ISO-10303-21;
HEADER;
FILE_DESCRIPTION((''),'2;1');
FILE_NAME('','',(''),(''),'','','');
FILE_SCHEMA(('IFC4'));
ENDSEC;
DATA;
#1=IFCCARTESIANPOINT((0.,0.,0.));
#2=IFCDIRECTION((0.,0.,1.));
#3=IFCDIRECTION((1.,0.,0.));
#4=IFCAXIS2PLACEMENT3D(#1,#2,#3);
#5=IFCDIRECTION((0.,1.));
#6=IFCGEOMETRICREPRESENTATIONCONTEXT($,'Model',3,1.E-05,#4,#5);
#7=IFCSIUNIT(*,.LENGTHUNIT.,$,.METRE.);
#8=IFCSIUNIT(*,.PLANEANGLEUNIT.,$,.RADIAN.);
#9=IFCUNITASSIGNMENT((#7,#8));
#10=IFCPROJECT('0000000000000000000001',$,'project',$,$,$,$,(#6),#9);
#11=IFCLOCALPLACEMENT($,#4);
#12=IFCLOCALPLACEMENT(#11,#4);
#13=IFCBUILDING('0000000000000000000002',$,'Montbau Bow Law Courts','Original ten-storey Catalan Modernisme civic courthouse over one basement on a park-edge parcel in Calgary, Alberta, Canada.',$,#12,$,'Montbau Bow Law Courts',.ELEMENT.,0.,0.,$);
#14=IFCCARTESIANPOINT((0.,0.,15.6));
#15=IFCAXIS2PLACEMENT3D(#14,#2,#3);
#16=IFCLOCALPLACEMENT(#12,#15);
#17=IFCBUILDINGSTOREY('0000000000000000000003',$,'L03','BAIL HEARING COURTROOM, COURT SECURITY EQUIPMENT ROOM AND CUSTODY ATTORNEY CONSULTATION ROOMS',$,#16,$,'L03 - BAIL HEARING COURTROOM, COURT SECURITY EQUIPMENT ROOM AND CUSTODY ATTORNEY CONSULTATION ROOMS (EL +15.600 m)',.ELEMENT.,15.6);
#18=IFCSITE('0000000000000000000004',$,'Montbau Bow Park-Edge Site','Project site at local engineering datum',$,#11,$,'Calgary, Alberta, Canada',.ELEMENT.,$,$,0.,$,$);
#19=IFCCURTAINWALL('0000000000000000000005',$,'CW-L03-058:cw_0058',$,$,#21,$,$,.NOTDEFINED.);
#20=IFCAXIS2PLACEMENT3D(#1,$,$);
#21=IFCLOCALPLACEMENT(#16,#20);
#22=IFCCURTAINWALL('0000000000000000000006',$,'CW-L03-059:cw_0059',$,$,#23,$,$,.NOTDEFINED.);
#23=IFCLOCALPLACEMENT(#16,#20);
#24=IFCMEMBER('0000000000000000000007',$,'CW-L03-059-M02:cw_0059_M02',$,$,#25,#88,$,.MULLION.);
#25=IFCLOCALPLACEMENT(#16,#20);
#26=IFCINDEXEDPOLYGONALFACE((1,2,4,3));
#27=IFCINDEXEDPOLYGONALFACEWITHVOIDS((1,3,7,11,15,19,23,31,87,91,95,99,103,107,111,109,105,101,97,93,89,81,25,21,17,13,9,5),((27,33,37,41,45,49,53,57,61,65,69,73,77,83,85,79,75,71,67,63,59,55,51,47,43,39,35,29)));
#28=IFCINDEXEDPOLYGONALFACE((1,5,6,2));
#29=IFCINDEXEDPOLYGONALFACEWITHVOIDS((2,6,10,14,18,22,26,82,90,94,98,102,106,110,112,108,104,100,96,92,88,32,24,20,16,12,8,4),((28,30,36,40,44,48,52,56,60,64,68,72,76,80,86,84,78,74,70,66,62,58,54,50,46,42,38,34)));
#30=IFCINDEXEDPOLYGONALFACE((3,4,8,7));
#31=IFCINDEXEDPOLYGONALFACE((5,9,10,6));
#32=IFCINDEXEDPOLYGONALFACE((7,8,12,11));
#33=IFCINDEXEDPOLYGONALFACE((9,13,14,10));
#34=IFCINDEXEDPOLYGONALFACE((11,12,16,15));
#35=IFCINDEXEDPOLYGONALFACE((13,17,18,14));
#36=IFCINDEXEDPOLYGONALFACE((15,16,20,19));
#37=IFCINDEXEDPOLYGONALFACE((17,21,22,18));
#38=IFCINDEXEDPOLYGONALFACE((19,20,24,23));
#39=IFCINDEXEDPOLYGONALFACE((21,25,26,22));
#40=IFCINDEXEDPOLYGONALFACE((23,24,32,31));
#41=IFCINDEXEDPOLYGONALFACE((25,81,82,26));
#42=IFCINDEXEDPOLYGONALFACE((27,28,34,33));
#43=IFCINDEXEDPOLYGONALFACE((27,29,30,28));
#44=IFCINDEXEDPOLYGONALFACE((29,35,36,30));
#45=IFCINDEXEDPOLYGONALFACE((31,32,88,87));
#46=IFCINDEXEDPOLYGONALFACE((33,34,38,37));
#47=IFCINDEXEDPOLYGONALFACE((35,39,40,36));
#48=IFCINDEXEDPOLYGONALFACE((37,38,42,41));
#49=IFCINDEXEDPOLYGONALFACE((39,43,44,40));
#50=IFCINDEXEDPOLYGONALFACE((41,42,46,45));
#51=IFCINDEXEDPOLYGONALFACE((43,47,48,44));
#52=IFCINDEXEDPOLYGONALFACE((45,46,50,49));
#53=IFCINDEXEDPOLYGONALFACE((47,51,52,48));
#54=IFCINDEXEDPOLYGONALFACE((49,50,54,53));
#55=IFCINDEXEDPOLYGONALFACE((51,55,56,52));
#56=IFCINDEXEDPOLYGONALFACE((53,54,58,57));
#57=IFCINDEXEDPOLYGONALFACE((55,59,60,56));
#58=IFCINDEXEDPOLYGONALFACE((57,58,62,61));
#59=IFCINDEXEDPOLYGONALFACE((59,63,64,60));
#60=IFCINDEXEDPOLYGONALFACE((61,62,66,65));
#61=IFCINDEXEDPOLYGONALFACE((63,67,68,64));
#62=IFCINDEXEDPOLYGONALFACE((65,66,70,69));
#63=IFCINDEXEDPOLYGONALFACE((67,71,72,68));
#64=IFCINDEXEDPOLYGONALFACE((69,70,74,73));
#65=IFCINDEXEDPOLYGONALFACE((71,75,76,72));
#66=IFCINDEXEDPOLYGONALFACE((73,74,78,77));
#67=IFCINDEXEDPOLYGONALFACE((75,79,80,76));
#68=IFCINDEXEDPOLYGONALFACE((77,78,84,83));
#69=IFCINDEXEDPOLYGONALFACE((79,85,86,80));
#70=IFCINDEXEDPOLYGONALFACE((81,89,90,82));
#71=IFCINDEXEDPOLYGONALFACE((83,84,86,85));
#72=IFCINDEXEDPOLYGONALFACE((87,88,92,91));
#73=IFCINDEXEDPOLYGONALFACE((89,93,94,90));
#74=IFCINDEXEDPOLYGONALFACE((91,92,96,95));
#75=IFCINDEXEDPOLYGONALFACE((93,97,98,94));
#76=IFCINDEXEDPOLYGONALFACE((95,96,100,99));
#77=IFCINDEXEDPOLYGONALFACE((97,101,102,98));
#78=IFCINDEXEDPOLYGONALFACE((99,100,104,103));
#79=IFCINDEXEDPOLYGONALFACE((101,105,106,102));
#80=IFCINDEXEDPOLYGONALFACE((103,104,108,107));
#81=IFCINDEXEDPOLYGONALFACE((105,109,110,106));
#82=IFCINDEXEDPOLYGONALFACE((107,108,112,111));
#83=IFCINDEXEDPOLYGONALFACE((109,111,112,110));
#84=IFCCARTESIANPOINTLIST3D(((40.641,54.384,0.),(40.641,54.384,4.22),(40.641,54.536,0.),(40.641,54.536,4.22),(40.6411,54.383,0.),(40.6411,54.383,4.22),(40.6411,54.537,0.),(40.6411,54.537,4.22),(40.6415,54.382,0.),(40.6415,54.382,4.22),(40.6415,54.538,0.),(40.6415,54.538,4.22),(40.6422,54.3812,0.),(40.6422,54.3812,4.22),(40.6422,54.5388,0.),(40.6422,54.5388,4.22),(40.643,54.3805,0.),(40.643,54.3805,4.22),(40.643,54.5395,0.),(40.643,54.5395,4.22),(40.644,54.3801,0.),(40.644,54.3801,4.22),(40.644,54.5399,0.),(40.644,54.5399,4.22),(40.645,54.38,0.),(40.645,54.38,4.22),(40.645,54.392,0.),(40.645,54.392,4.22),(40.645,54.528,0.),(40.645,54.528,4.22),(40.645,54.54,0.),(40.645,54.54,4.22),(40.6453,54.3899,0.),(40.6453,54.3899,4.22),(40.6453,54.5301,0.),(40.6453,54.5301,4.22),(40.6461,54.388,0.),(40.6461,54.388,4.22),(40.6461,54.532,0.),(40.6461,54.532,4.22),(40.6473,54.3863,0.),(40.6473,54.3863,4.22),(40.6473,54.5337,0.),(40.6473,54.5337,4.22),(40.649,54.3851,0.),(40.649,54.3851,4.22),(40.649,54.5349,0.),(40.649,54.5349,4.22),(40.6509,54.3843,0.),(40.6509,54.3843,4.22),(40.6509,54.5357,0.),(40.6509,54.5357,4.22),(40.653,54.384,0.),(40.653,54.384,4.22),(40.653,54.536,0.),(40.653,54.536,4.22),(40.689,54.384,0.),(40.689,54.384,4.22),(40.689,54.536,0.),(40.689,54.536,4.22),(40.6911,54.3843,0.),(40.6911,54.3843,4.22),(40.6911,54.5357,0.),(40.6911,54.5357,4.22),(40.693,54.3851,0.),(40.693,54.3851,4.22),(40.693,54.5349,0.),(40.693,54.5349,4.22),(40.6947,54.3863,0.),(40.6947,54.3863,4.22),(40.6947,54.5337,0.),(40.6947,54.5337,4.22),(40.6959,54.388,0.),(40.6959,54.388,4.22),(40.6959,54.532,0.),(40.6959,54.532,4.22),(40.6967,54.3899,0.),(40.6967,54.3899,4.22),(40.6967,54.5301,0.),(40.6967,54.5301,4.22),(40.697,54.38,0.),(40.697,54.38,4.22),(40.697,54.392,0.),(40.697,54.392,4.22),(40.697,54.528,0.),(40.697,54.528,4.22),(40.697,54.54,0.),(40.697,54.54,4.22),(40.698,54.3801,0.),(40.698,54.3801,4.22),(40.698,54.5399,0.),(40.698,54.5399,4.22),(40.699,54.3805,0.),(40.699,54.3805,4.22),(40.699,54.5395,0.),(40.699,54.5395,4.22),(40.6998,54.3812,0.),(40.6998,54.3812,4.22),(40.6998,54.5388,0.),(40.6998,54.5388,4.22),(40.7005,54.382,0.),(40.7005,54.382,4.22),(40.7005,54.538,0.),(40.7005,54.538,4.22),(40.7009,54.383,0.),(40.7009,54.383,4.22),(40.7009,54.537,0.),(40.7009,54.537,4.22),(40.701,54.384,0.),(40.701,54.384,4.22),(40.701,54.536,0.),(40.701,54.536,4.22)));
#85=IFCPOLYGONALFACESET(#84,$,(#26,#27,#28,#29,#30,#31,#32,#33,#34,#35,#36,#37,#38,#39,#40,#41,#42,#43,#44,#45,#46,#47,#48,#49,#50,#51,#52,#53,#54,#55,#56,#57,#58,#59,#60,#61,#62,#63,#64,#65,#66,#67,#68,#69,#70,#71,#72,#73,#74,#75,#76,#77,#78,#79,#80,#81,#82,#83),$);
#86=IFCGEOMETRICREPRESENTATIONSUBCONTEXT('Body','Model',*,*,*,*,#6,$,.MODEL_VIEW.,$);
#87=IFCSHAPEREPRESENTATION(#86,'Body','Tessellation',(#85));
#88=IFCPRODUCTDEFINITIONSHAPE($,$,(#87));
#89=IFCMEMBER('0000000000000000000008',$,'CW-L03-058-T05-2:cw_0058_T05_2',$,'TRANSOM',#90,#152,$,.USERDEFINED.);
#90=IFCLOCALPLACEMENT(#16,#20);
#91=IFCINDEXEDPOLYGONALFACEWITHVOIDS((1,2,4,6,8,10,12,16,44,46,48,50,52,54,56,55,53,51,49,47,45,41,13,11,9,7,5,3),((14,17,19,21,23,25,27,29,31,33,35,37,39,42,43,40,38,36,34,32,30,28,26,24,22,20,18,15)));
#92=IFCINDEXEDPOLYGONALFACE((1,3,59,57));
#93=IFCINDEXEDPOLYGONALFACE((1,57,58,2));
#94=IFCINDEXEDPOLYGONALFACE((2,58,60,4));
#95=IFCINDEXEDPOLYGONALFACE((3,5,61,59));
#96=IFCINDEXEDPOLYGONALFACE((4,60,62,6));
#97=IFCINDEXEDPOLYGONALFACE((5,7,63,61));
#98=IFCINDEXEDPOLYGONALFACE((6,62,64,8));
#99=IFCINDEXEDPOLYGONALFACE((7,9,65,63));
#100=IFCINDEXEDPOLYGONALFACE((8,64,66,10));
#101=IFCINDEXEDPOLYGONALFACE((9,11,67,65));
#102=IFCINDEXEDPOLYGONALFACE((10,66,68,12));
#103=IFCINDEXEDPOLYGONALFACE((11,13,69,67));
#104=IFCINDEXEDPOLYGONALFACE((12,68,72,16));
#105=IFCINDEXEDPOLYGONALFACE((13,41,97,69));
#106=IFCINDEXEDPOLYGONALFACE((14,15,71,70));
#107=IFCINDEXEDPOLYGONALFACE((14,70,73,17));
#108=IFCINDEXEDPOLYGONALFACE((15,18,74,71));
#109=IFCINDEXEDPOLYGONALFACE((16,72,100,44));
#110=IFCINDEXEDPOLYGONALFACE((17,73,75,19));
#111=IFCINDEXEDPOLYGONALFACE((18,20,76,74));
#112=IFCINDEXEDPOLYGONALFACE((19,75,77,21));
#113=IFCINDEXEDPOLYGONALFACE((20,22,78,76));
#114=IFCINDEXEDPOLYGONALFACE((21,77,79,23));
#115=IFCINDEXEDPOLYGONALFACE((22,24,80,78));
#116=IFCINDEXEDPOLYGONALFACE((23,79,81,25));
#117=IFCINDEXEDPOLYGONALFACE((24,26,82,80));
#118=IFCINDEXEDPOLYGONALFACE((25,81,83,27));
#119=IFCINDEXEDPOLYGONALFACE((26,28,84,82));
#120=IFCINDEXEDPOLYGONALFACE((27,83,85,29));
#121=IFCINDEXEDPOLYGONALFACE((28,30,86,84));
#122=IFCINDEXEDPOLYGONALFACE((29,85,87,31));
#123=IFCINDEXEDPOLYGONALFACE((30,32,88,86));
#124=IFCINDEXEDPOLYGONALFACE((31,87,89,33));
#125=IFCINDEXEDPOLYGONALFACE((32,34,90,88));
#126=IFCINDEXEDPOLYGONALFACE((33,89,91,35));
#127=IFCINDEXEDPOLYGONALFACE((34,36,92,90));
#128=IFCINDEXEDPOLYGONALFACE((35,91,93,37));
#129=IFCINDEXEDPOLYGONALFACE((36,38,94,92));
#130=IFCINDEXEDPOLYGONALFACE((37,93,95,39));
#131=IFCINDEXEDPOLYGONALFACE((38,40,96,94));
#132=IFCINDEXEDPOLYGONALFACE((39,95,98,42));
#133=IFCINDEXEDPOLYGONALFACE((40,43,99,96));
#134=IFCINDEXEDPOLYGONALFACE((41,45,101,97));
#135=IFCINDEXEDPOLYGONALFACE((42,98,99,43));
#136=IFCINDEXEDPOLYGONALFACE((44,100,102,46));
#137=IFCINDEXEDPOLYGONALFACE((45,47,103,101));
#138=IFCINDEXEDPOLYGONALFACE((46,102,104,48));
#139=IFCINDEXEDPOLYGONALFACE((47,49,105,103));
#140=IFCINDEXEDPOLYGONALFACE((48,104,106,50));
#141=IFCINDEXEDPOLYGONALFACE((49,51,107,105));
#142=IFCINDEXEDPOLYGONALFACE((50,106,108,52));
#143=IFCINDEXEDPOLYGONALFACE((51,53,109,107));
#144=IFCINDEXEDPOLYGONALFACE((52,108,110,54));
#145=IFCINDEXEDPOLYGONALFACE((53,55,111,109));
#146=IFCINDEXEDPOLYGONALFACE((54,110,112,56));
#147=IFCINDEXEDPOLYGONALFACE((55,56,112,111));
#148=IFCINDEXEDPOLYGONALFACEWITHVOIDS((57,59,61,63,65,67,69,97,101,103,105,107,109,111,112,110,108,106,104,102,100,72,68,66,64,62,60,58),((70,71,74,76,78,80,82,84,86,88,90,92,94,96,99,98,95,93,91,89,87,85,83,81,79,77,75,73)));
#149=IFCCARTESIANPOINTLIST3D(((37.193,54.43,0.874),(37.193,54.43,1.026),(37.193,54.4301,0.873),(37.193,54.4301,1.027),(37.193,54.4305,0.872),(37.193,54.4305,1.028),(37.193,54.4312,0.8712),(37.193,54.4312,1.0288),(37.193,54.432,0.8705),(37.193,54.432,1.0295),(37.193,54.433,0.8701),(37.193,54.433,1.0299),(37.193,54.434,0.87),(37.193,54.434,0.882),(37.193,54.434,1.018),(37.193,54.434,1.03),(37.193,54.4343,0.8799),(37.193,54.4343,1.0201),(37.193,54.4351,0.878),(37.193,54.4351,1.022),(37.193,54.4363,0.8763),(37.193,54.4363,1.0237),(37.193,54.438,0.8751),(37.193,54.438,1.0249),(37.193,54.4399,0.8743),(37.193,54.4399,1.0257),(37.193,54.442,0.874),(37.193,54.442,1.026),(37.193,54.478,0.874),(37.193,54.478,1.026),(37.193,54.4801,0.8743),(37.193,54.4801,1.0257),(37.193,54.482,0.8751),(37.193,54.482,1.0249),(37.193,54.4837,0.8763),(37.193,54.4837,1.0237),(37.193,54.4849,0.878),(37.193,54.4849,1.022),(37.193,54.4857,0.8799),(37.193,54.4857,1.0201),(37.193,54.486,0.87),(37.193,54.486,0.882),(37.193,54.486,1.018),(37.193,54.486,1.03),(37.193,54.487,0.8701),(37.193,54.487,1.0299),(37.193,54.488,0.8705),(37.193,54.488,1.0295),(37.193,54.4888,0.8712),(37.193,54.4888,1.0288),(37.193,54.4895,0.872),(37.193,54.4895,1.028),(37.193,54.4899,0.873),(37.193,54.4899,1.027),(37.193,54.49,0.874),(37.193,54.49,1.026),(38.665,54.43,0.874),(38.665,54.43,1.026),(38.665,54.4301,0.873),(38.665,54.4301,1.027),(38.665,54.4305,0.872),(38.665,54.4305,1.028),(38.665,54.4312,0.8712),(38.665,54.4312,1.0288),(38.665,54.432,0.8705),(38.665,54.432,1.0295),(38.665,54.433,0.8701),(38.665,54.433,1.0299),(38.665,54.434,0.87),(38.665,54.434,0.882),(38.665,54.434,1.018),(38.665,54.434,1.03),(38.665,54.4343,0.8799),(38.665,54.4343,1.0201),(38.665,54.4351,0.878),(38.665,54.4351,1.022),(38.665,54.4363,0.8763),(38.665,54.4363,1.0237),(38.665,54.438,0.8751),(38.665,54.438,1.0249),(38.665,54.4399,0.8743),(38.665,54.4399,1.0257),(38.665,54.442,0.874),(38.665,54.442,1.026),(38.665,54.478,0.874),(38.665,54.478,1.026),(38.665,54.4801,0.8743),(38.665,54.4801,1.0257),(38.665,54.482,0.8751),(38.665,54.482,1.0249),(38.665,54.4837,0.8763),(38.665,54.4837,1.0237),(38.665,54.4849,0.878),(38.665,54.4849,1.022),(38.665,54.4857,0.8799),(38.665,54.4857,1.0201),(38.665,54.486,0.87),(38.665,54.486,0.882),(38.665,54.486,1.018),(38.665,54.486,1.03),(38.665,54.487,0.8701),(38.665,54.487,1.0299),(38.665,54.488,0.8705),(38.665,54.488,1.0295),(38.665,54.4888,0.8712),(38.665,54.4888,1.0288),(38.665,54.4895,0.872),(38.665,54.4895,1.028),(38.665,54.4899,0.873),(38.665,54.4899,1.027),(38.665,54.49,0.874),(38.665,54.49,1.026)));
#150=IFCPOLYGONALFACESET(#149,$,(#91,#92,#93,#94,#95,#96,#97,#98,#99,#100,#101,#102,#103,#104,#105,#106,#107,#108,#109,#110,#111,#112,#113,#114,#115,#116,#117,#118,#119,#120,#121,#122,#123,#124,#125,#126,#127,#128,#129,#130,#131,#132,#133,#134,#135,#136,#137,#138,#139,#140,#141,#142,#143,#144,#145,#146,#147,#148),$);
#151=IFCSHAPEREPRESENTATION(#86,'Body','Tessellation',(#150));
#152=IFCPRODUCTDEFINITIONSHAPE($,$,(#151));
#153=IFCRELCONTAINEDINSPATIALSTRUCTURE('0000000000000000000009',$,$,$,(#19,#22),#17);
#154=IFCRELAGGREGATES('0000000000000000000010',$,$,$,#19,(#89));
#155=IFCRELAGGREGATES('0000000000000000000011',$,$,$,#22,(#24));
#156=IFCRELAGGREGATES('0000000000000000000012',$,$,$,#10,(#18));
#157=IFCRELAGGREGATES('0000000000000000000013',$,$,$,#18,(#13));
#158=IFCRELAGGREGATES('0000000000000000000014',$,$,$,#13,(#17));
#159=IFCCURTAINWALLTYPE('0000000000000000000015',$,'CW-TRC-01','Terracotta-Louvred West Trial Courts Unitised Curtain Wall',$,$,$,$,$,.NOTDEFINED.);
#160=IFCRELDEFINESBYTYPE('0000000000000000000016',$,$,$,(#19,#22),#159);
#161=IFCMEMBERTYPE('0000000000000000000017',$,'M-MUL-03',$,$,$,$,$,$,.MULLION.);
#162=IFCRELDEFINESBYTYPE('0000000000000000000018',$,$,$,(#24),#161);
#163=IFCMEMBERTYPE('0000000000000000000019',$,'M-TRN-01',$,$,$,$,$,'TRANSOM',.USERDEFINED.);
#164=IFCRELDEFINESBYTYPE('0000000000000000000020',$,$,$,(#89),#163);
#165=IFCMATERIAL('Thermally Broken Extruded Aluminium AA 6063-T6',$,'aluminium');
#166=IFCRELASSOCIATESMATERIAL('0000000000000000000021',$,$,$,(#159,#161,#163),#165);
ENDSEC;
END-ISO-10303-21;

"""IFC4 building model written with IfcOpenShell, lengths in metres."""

from ifc_helpers import new_model, si_unit, direction, frame, origin_with_axes, origin_2d_with_axis, place, context, subcontext, project, spatial, hollow_rectangle, extrude, material, material_profile, profile_set, type_object, element, aggregate, save


model = new_model("IFC4")

# Units and contexts
model_context = context("Model", 3, precision=1e-05, world=origin_with_axes(), true_north=direction((0.0, 1.0)))
body_context = subcontext(model_context, "Body", "Model", "MODEL_VIEW")
ifc_project = project(units=[si_unit("LENGTHUNIT", "METRE"), si_unit("PLANEANGLEUNIT", "RADIAN")], contexts=[model_context])

# Site, building, storey
site_placement = place(None, origin_with_axes())
site = spatial("IfcSite", under=ifc_project, at=site_placement, Name="Montbau Bow Park-Edge Site", Description="Project site at local engineering datum", LongName="Calgary, Alberta, Canada", CompositionType="ELEMENT", RefElevation=0.0)
building_placement = place(site_placement, origin_with_axes())
building = spatial("IfcBuilding", under=site, at=building_placement, Name="Montbau Bow Law Courts", Description="Original ten-storey Catalan Modernisme civic courthouse over one basement on a park-edge parcel in Calgary, Alberta, Canada.", LongName="Montbau Bow Law Courts", CompositionType="ELEMENT", ElevationOfRefHeight=0.0, ElevationOfTerrain=0.0)
storey_placement = place(building_placement, frame((0.0, 0.0, 15.6), z_axis=(0.0, 0.0, 1.0), x_axis=(1.0, 0.0, 0.0)))
storey = spatial("IfcBuildingStorey", under=building, at=storey_placement, Name="L03", Description="BAIL HEARING COURTROOM, COURT SECURITY EQUIPMENT ROOM AND CUSTODY ATTORNEY CONSULTATION ROOMS", LongName="L03 - BAIL HEARING COURTROOM, COURT SECURITY EQUIPMENT ROOM AND CUSTODY ATTORNEY CONSULTATION ROOMS (EL +15.600 m)", CompositionType="ELEMENT", Elevation=15.6)

# Curtain wall
ifc_material_1 = material(Name="Thermally Broken Extruded Aluminium AA 6063-T6", Category="aluminium")
curtain_wall_type = type_object("IfcCurtainWallType", Name="CW-TRC-01", Description="Terracotta-Louvred West Trial Courts Unitised Curtain Wall", PredefinedType="NOTDEFINED", material=ifc_material_1)
curtain_wall_1_placement = place(None, frame((30.867, 54.46, 15.6), z_axis=(0.0, 0.0, 1.0), x_axis=(1.0, 0.0, 0.0)))
curtain_wall_1 = element("IfcCurtainWall", 1, at=curtain_wall_1_placement, inside=storey, type_object=curtain_wall_type, Name="CW-L03-058:cw_0058", PredefinedType="NOTDEFINED")

# Curtain wall, member
curtain_wall_2_placement = place(None, frame((39.268, 54.46, 15.6), z_axis=(0.0, 0.0, 1.0), x_axis=(1.0, 0.0, 0.0)))
curtain_wall_2 = element("IfcCurtainWall", 2, at=curtain_wall_2_placement, inside=storey, type_object=curtain_wall_type, Name="CW-L03-059:cw_0059", PredefinedType="NOTDEFINED")
ifc_material_profile_1 = material_profile(ifc_material_1, hollow_rectangle(XDim=0.06, YDim=0.16, WallThickness=0.004, InnerFilletRadius=0.008, OuterFilletRadius=0.004, at=origin_2d_with_axis()), Name="CWM-160X60", Category="Main", Priority=0)
ifc_profile_set_1 = profile_set([ifc_material_profile_1], Name="Thermally Broken Extruded Aluminium AA 6063-T6")
member_type_1 = type_object("IfcMemberType", Name="M-MUL-03", PredefinedType="MULLION", material=ifc_profile_set_1)
member_1_placement = place(None, frame((40.671, 54.46, 15.6), z_axis=(0.0, 0.0, 1.0), x_axis=(1.0, 0.0, 0.0)))
member_1 = element("IfcMember", 3, at=member_1_placement, type_object=member_type_1, Name="CW-L03-059-M02:cw_0059_M02", PredefinedType="MULLION", context=body_context, shape_type="SweptSolid", body=[
    extrude(hollow_rectangle(XDim=0.06, YDim=0.16, WallThickness=0.004, InnerFilletRadius=0.008, OuterFilletRadius=0.004, at=origin_2d_with_axis()), origin_with_axes(), (0.0, 0.0, 1.0), 4.22),
])

# Member
ifc_material_profile_2 = material_profile(ifc_material_1, hollow_rectangle(XDim=0.06, YDim=0.16, WallThickness=0.004, InnerFilletRadius=0.008, OuterFilletRadius=0.004, at=origin_2d_with_axis()), Name="CWT-160X60", Category="Main", Priority=0)
ifc_profile_set_2 = profile_set([ifc_material_profile_2], Name="Thermally Broken Extruded Aluminium AA 6063-T6")
member_type_2 = type_object("IfcMemberType", Name="M-TRN-01", ElementType="TRANSOM", PredefinedType="USERDEFINED", material=ifc_profile_set_2)
member_2_placement = place(None, frame((37.193, 54.46, 16.55), z_axis=(1.0, 0.0, 0.0), x_axis=(0.0, 1.0, 0.0)))
member_2 = element("IfcMember", 4, at=member_2_placement, type_object=member_type_2, Name="CW-L03-058-T05-2:cw_0058_T05_2", ObjectType="TRANSOM", PredefinedType="USERDEFINED", context=body_context, shape_type="SweptSolid", body=[
    extrude(hollow_rectangle(XDim=0.06, YDim=0.16, WallThickness=0.004, InnerFilletRadius=0.008, OuterFilletRadius=0.004, at=origin_2d_with_axis()), origin_with_axes(), (0.0, 0.0, 1.0), 1.472),
])
aggregate(curtain_wall_1, [member_2])

aggregate(curtain_wall_2, [member_1])

save(model, "model.ifc")
